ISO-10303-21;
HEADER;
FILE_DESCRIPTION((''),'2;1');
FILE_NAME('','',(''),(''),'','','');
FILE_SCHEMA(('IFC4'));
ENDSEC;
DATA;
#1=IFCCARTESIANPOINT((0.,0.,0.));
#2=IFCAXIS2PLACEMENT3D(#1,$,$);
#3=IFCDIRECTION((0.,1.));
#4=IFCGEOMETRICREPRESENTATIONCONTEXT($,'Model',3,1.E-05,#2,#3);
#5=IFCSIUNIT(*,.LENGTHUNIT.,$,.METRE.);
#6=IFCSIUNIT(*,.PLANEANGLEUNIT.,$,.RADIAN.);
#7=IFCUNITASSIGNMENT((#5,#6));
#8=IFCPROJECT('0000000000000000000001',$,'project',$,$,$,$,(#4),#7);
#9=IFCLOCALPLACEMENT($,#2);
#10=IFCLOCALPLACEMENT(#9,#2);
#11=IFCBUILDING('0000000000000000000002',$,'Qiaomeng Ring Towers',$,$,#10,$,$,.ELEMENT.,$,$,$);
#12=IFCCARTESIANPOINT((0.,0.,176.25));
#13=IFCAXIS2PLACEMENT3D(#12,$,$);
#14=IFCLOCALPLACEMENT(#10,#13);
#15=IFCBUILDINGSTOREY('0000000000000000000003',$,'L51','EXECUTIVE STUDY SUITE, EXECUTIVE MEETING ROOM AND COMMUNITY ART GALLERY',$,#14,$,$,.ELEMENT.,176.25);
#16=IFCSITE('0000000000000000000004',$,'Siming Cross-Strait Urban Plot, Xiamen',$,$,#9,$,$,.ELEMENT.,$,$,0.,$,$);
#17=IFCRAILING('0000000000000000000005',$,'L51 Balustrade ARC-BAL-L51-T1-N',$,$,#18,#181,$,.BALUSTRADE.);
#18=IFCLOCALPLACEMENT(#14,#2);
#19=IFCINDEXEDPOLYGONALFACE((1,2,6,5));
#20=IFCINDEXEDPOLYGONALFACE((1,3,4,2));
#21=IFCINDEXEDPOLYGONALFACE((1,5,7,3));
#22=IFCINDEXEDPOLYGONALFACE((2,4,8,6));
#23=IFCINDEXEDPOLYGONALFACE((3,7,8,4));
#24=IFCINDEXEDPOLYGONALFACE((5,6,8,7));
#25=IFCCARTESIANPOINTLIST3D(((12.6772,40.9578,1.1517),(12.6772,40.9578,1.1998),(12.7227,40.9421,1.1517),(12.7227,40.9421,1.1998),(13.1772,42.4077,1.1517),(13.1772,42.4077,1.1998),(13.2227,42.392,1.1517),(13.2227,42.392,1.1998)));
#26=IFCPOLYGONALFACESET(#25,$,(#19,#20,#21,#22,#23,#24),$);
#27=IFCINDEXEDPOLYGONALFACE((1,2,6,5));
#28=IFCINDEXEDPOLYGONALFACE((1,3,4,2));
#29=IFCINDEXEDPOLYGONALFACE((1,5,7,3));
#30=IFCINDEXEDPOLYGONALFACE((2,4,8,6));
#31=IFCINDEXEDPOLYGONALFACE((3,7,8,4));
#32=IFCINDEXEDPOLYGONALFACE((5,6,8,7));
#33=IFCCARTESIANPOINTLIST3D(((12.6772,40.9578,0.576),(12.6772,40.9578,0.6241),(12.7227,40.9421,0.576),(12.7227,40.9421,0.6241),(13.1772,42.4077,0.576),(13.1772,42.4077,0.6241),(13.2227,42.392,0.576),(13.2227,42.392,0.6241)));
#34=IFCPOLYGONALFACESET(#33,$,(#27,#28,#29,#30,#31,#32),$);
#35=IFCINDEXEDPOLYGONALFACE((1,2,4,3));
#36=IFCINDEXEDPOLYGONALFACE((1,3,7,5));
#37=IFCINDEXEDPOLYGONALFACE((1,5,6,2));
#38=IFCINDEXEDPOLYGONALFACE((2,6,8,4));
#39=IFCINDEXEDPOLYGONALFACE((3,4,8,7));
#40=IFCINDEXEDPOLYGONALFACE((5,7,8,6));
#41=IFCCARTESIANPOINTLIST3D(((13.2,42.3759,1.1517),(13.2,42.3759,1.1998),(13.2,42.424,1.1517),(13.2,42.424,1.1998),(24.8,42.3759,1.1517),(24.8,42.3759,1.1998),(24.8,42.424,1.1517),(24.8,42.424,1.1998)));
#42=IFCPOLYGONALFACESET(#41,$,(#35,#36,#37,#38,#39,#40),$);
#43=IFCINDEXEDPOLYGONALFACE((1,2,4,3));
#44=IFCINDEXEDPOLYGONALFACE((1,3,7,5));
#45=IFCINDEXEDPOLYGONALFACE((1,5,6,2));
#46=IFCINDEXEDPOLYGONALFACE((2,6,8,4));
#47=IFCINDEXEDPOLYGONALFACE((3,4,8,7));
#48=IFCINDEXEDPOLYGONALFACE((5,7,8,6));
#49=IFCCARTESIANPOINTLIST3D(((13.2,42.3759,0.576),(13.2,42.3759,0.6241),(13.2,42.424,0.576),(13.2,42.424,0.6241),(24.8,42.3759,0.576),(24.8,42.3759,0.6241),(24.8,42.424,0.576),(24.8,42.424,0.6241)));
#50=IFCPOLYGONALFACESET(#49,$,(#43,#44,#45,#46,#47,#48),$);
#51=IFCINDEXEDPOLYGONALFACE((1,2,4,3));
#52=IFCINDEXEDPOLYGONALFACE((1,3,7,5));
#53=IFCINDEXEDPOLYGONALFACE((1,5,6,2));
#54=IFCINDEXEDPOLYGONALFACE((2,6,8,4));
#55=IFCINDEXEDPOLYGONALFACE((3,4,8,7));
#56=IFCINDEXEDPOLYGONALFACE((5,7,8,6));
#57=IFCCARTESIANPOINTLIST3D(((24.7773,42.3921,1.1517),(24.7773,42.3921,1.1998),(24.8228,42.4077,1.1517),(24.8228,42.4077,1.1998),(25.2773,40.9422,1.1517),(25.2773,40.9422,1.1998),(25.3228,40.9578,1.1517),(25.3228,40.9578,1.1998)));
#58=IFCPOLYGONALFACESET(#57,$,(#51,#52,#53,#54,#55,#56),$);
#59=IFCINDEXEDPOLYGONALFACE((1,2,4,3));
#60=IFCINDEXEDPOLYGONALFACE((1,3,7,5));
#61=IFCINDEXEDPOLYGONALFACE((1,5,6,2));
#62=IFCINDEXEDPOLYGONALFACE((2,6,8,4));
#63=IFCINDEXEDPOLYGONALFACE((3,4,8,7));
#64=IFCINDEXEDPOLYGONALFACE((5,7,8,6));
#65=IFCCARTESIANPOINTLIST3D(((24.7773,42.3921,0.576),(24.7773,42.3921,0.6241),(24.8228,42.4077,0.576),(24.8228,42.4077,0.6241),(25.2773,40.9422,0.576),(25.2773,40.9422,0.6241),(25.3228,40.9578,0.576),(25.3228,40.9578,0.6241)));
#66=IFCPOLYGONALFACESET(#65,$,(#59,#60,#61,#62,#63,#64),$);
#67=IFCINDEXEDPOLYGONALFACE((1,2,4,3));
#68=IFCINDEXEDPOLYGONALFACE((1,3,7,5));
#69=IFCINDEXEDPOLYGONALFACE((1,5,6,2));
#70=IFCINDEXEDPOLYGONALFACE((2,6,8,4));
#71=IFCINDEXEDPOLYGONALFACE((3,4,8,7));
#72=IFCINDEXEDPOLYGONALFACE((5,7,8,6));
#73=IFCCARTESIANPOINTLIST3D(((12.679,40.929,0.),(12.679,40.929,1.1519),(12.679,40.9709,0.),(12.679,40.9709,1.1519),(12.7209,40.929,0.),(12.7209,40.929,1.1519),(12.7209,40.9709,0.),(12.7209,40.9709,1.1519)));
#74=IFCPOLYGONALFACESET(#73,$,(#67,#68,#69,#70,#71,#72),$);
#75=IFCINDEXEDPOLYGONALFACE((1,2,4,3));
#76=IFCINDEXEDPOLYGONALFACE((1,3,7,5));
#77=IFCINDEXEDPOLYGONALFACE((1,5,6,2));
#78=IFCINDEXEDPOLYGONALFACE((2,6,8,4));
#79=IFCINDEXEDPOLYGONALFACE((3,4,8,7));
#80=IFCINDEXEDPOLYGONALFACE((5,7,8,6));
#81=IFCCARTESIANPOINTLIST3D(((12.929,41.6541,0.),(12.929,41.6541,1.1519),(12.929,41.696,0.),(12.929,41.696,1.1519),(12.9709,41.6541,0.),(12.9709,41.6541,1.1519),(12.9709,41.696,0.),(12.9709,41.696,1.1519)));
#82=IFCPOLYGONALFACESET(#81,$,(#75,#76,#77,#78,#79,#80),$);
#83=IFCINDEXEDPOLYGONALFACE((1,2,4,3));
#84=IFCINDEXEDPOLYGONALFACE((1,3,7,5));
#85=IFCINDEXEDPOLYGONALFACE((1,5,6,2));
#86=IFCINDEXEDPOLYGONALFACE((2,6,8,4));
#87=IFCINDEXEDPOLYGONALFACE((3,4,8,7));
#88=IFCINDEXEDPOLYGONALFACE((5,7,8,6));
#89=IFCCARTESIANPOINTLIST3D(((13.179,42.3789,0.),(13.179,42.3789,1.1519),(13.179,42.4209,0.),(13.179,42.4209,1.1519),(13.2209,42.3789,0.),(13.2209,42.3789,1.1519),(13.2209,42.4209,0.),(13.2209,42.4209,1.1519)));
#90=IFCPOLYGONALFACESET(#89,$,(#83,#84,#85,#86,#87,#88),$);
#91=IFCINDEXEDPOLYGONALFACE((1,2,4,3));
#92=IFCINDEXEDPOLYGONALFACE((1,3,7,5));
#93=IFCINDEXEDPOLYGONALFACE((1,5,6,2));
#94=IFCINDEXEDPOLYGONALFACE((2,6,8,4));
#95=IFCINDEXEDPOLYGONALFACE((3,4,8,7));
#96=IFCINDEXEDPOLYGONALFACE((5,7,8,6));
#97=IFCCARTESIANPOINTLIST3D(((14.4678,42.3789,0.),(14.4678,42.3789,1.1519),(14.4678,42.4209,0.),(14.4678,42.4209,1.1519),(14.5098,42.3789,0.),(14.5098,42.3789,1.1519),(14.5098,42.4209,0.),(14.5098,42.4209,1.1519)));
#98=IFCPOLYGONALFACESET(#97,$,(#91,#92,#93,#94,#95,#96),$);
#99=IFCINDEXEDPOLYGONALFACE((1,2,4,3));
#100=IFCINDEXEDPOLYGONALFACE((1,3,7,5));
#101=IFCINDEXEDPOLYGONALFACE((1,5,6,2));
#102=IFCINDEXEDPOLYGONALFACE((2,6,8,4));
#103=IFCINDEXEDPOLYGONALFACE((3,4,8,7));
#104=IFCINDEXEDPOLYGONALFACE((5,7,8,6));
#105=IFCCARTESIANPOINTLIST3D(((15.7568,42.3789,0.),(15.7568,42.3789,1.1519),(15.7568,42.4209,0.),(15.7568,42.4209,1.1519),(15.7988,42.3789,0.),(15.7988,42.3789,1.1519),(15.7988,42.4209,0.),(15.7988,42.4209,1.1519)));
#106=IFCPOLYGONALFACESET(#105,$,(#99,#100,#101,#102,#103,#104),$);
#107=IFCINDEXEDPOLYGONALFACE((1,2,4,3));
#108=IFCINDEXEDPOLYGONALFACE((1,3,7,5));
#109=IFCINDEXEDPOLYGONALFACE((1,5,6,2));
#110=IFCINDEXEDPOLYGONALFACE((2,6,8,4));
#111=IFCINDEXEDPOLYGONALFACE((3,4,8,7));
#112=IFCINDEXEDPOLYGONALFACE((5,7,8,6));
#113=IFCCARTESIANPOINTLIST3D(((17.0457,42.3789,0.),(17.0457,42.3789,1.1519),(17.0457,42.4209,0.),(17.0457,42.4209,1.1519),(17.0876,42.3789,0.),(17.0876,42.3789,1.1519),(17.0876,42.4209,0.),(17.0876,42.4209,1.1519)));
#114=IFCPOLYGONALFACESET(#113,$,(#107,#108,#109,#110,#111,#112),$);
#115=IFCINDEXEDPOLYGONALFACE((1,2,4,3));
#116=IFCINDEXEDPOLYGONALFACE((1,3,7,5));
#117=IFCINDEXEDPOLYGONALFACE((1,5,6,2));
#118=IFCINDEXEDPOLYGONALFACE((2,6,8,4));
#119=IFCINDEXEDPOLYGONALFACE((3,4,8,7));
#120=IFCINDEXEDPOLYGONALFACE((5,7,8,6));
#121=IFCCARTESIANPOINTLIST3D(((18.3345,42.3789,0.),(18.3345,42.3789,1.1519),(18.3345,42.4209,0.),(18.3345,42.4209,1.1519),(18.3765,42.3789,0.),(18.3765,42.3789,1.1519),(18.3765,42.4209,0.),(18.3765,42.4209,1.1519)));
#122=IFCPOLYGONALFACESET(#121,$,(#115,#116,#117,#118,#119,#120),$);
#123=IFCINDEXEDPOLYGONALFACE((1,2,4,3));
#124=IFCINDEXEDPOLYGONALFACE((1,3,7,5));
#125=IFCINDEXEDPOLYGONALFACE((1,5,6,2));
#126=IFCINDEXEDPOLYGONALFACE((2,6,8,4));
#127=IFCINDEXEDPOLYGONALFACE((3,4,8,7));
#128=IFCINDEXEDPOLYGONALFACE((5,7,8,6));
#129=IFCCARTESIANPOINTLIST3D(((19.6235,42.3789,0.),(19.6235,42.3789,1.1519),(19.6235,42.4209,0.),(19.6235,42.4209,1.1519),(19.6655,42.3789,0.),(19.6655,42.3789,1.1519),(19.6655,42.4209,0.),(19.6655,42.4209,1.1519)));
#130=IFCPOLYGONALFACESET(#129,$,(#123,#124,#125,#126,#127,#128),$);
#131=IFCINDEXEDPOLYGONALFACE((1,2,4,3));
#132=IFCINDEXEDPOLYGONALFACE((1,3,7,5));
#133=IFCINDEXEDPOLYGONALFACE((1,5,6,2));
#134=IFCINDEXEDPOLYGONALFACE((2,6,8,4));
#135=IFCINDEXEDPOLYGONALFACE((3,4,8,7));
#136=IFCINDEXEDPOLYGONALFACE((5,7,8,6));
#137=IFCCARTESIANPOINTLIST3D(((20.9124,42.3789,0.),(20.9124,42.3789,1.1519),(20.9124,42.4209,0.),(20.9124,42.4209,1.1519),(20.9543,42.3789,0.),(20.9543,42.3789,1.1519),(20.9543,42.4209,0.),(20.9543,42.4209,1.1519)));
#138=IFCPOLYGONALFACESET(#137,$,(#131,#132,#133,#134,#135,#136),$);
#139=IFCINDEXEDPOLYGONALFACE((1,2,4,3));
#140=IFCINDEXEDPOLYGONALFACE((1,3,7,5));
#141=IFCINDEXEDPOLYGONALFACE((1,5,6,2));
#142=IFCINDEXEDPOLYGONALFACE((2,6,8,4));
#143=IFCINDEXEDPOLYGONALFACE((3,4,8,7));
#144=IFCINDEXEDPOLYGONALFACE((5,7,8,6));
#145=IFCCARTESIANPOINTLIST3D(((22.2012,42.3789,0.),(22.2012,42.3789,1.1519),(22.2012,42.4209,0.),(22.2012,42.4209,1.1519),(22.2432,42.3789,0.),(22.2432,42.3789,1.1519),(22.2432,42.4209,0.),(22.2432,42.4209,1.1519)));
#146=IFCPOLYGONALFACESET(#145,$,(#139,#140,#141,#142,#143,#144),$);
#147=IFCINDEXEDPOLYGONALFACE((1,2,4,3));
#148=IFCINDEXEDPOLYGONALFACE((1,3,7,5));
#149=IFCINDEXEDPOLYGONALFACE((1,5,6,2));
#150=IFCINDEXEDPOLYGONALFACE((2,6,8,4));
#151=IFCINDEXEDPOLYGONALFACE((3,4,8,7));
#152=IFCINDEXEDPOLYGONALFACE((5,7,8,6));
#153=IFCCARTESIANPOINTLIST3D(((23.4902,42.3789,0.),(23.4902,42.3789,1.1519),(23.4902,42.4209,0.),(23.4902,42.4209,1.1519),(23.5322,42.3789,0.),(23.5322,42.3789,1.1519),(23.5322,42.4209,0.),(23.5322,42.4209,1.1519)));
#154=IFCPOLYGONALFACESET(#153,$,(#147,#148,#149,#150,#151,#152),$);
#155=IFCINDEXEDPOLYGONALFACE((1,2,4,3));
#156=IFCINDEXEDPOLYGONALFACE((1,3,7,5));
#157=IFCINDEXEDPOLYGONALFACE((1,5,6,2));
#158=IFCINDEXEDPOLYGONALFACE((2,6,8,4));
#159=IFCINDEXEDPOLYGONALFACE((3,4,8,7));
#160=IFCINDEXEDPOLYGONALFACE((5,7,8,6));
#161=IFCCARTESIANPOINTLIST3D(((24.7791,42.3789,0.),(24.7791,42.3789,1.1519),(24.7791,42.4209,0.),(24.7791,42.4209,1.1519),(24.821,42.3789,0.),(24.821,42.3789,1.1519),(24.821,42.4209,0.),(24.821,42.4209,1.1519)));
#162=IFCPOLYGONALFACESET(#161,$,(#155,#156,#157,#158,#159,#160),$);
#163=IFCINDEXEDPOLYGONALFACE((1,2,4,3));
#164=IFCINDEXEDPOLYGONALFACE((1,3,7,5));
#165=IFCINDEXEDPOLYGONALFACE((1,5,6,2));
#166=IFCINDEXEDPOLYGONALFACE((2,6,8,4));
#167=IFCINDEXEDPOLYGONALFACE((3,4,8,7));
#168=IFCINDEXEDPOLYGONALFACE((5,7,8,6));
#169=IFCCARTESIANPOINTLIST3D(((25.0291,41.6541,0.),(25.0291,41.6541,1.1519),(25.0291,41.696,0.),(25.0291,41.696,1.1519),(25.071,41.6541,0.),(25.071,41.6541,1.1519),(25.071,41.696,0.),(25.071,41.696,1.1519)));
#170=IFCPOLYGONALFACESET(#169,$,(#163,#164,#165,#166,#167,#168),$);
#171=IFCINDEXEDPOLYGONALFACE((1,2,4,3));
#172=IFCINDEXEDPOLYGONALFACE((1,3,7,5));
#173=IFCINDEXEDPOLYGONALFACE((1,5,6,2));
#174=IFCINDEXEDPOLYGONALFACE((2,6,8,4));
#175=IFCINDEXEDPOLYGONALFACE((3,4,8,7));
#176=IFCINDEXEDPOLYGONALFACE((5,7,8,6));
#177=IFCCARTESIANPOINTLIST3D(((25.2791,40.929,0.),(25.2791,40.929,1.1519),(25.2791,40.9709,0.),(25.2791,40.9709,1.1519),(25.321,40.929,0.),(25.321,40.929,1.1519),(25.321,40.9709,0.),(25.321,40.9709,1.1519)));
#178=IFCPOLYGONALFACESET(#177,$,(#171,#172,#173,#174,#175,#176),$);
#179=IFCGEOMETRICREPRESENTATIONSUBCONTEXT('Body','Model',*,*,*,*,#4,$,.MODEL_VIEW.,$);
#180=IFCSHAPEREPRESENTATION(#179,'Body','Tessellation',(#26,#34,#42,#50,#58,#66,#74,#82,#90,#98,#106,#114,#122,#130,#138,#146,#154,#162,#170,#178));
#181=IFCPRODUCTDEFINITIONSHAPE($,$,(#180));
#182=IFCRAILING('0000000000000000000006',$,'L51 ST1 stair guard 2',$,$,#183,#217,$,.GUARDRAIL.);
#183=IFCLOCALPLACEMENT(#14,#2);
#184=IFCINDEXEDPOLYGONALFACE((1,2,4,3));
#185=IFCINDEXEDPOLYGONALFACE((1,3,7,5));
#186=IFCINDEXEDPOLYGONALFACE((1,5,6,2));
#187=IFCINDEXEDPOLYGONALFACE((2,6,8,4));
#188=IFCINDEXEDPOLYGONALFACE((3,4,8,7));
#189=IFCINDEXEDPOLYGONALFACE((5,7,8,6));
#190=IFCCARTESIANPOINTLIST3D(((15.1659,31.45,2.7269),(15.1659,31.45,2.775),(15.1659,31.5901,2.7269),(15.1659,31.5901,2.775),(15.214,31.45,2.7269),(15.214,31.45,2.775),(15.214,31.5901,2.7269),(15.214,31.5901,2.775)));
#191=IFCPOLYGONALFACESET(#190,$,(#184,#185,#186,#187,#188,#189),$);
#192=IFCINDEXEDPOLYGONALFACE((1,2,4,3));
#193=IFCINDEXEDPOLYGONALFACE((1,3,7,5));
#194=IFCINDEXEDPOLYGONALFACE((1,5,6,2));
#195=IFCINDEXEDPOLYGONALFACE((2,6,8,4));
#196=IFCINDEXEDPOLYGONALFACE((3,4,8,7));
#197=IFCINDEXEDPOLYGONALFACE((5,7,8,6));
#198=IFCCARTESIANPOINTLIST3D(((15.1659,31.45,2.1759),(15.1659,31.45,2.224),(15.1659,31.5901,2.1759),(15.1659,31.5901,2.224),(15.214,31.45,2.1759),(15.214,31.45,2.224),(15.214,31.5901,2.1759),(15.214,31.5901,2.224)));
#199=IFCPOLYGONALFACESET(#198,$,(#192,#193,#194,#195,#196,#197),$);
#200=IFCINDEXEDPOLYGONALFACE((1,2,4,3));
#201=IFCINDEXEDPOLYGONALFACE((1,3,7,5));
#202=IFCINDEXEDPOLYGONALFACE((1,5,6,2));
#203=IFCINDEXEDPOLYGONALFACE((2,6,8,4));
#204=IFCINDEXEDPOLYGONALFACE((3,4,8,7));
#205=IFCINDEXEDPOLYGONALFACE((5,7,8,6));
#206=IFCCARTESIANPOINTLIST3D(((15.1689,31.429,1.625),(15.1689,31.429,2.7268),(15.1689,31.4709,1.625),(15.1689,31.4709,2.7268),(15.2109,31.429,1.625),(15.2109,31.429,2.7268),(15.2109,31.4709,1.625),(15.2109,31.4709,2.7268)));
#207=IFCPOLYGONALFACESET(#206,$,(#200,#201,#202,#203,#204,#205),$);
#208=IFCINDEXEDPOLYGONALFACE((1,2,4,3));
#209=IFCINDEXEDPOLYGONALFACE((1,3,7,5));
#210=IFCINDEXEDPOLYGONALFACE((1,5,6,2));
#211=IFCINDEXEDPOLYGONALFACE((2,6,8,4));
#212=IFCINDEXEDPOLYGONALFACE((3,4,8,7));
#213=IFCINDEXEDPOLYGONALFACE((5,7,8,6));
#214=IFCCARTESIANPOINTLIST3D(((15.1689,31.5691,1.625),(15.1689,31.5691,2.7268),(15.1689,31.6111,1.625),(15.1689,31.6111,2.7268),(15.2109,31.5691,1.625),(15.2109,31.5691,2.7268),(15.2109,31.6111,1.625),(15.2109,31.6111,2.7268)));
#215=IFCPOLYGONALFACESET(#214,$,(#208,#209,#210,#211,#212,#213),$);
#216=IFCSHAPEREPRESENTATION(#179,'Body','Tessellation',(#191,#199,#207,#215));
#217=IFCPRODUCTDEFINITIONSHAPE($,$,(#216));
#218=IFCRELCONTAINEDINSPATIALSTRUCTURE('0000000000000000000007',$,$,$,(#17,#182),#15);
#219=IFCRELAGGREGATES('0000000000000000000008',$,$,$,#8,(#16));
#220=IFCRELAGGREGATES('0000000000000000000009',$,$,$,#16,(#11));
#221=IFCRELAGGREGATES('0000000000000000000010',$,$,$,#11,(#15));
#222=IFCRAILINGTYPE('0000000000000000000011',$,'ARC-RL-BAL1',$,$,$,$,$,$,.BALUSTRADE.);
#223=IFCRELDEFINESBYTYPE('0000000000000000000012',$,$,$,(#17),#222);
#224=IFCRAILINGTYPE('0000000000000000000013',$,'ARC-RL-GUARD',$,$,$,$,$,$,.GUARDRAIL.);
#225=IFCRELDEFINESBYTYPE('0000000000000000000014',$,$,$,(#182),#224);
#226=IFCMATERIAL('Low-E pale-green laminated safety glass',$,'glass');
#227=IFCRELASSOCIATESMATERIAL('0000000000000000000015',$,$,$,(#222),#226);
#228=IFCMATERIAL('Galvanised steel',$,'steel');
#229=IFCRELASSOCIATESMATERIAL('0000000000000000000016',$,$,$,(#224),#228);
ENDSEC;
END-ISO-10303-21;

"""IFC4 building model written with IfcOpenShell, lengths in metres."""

from ifc_helpers import new_model, si_unit, direction, frame, origin, origin_2d, place, context, subcontext, project, spatial, rectangle, extrude, material, type_object, element, save


model = new_model("IFC4")

# Units and contexts
model_context = context("Model", 3, precision=1e-05, world=origin(), true_north=direction((0.0, 1.0)))
body_context = subcontext(model_context, "Body", "Model", "MODEL_VIEW")
ifc_project = project(units=[si_unit("LENGTHUNIT", "METRE"), si_unit("PLANEANGLEUNIT", "RADIAN")], contexts=[model_context])

# Site, building, storey
site_placement = place(None, origin())
site = spatial("IfcSite", under=ifc_project, at=site_placement, Name="Siming Cross-Strait Urban Plot, Xiamen", CompositionType="ELEMENT", RefElevation=0.0)
building_placement = place(site_placement, origin())
building = spatial("IfcBuilding", under=site, at=building_placement, Name="Qiaomeng Ring Towers", CompositionType="ELEMENT")
storey_placement = place(building_placement, frame((0.0, 0.0, 176.25)))
storey = spatial("IfcBuildingStorey", under=building, at=storey_placement, Name="L51", Description="EXECUTIVE STUDY SUITE, EXECUTIVE MEETING ROOM AND COMMUNITY ART GALLERY", CompositionType="ELEMENT", Elevation=176.25)

# Shared definitions
ifc_material_1 = material(Name="Galvanised steel", Category="steel")

# Railings
ifc_material_2 = material(Name="Low-E pale-green laminated safety glass", Category="glass")
railing_type_1 = type_object("IfcRailingType", Name="ARC-RL-BAL1", PredefinedType="BALUSTRADE", material=ifc_material_2)
railing_1_placement = place(storey_placement, frame((12.7, 40.95, 0.0)))
element("IfcRailing", 1, at=railing_1_placement, inside=storey, type_object=railing_type_1, Name="L51 Balustrade ARC-BAL-L51-T1-N", PredefinedType="BALUSTRADE", context=body_context, shape_type="SweptSolid", body=[
    extrude(rectangle(XDim=0.0481, YDim=0.0481, at=origin_2d()), frame((0.0, 0.0, 1.1758), z_axis=(0.326, 0.94537, 0.0), x_axis=(-0.94537, 0.326, 0.0)), (0.0, 0.0, 1.0), 1.5337),
    extrude(rectangle(XDim=0.0481, YDim=0.0481, at=origin_2d()), frame((0.0, 0.0, 0.6001), z_axis=(0.326, 0.94537, 0.0), x_axis=(-0.94537, 0.326, 0.0)), (0.0, 0.0, 1.0), 1.5337),
    extrude(rectangle(XDim=0.0481, YDim=0.0481, at=origin_2d()), frame((0.5, 1.45, 1.1758), z_axis=(1.0, 0.0, 0.0), x_axis=(0.0, 1.0, 0.0)), (0.0, 0.0, 1.0), 11.6001),
    extrude(rectangle(XDim=0.0481, YDim=0.0481, at=origin_2d()), frame((0.5, 1.45, 0.6001), z_axis=(1.0, 0.0, 0.0), x_axis=(0.0, 1.0, 0.0)), (0.0, 0.0, 1.0), 11.6001),
    extrude(rectangle(XDim=0.0481, YDim=0.0481, at=origin_2d()), frame((12.1001, 1.45, 1.1758), z_axis=(0.326, -0.94537, 0.0), x_axis=(0.94537, 0.326, 0.0)), (0.0, 0.0, 1.0), 1.5337),
    extrude(rectangle(XDim=0.0481, YDim=0.0481, at=origin_2d()), frame((12.1001, 1.45, 0.6001), z_axis=(0.326, -0.94537, 0.0), x_axis=(0.94537, 0.326, 0.0)), (0.0, 0.0, 1.0), 1.5337),
    extrude(rectangle(XDim=0.042, YDim=0.042, at=origin_2d()), origin(), (0.0, 0.0, 1.0), 1.1519),
    extrude(rectangle(XDim=0.042, YDim=0.042, at=origin_2d()), frame((0.25, 0.7251, 0.0)), (0.0, 0.0, 1.0), 1.1519),
    extrude(rectangle(XDim=0.042, YDim=0.042, at=origin_2d()), frame((0.5, 1.45, 0.0)), (0.0, 0.0, 1.0), 1.1519),
    extrude(rectangle(XDim=0.042, YDim=0.042, at=origin_2d()), frame((1.7888, 1.45, 0.0)), (0.0, 0.0, 1.0), 1.1519),
    extrude(rectangle(XDim=0.042, YDim=0.042, at=origin_2d()), frame((3.0779, 1.45, 0.0)), (0.0, 0.0, 1.0), 1.1519),
    extrude(rectangle(XDim=0.042, YDim=0.042, at=origin_2d()), frame((4.3667, 1.45, 0.0)), (0.0, 0.0, 1.0), 1.1519),
    extrude(rectangle(XDim=0.042, YDim=0.042, at=origin_2d()), frame((5.6555, 1.45, 0.0)), (0.0, 0.0, 1.0), 1.1519),
    extrude(rectangle(XDim=0.042, YDim=0.042, at=origin_2d()), frame((6.9446, 1.45, 0.0)), (0.0, 0.0, 1.0), 1.1519),
    extrude(rectangle(XDim=0.042, YDim=0.042, at=origin_2d()), frame((8.2334, 1.45, 0.0)), (0.0, 0.0, 1.0), 1.1519),
    extrude(rectangle(XDim=0.042, YDim=0.042, at=origin_2d()), frame((9.5222, 1.45, 0.0)), (0.0, 0.0, 1.0), 1.1519),
    extrude(rectangle(XDim=0.042, YDim=0.042, at=origin_2d()), frame((10.8113, 1.45, 0.0)), (0.0, 0.0, 1.0), 1.1519),
    extrude(rectangle(XDim=0.042, YDim=0.042, at=origin_2d()), frame((12.1001, 1.45, 0.0)), (0.0, 0.0, 1.0), 1.1519),
    extrude(rectangle(XDim=0.042, YDim=0.042, at=origin_2d()), frame((12.3501, 0.7251, 0.0)), (0.0, 0.0, 1.0), 1.1519),
    extrude(rectangle(XDim=0.042, YDim=0.042, at=origin_2d()), frame((12.6001, 0.0, 0.0)), (0.0, 0.0, 1.0), 1.1519),
])
railing_type_2 = type_object("IfcRailingType", Name="ARC-RL-GUARD", PredefinedType="GUARDRAIL", material=ifc_material_1)
railing_2_placement = place(storey_placement, frame((15.1899, 31.45, 1.625)))
element("IfcRailing", 2, at=railing_2_placement, inside=storey, type_object=railing_type_2, Name="L51 ST1 stair guard 2", PredefinedType="GUARDRAIL", context=body_context, shape_type="SweptSolid", body=[
    extrude(rectangle(XDim=0.0481, YDim=0.0481, at=origin_2d()), frame((0.0, 0.0, 1.126), z_axis=(0.0, 1.0, 0.0), x_axis=(-1.0, 0.0, 0.0)), (0.0, 0.0, 1.0), 0.1401),
    extrude(rectangle(XDim=0.0481, YDim=0.0481, at=origin_2d()), frame((0.0, 0.0, 0.575), z_axis=(0.0, 1.0, 0.0), x_axis=(-1.0, 0.0, 0.0)), (0.0, 0.0, 1.0), 0.1401),
    extrude(rectangle(XDim=0.042, YDim=0.042, at=origin_2d()), origin(), (0.0, 0.0, 1.0), 1.1018),
    extrude(rectangle(XDim=0.042, YDim=0.042, at=origin_2d()), frame((0.0, 0.1401, 0.0)), (0.0, 0.0, 1.0), 1.1018),
])

save(model, "model.ifc")
